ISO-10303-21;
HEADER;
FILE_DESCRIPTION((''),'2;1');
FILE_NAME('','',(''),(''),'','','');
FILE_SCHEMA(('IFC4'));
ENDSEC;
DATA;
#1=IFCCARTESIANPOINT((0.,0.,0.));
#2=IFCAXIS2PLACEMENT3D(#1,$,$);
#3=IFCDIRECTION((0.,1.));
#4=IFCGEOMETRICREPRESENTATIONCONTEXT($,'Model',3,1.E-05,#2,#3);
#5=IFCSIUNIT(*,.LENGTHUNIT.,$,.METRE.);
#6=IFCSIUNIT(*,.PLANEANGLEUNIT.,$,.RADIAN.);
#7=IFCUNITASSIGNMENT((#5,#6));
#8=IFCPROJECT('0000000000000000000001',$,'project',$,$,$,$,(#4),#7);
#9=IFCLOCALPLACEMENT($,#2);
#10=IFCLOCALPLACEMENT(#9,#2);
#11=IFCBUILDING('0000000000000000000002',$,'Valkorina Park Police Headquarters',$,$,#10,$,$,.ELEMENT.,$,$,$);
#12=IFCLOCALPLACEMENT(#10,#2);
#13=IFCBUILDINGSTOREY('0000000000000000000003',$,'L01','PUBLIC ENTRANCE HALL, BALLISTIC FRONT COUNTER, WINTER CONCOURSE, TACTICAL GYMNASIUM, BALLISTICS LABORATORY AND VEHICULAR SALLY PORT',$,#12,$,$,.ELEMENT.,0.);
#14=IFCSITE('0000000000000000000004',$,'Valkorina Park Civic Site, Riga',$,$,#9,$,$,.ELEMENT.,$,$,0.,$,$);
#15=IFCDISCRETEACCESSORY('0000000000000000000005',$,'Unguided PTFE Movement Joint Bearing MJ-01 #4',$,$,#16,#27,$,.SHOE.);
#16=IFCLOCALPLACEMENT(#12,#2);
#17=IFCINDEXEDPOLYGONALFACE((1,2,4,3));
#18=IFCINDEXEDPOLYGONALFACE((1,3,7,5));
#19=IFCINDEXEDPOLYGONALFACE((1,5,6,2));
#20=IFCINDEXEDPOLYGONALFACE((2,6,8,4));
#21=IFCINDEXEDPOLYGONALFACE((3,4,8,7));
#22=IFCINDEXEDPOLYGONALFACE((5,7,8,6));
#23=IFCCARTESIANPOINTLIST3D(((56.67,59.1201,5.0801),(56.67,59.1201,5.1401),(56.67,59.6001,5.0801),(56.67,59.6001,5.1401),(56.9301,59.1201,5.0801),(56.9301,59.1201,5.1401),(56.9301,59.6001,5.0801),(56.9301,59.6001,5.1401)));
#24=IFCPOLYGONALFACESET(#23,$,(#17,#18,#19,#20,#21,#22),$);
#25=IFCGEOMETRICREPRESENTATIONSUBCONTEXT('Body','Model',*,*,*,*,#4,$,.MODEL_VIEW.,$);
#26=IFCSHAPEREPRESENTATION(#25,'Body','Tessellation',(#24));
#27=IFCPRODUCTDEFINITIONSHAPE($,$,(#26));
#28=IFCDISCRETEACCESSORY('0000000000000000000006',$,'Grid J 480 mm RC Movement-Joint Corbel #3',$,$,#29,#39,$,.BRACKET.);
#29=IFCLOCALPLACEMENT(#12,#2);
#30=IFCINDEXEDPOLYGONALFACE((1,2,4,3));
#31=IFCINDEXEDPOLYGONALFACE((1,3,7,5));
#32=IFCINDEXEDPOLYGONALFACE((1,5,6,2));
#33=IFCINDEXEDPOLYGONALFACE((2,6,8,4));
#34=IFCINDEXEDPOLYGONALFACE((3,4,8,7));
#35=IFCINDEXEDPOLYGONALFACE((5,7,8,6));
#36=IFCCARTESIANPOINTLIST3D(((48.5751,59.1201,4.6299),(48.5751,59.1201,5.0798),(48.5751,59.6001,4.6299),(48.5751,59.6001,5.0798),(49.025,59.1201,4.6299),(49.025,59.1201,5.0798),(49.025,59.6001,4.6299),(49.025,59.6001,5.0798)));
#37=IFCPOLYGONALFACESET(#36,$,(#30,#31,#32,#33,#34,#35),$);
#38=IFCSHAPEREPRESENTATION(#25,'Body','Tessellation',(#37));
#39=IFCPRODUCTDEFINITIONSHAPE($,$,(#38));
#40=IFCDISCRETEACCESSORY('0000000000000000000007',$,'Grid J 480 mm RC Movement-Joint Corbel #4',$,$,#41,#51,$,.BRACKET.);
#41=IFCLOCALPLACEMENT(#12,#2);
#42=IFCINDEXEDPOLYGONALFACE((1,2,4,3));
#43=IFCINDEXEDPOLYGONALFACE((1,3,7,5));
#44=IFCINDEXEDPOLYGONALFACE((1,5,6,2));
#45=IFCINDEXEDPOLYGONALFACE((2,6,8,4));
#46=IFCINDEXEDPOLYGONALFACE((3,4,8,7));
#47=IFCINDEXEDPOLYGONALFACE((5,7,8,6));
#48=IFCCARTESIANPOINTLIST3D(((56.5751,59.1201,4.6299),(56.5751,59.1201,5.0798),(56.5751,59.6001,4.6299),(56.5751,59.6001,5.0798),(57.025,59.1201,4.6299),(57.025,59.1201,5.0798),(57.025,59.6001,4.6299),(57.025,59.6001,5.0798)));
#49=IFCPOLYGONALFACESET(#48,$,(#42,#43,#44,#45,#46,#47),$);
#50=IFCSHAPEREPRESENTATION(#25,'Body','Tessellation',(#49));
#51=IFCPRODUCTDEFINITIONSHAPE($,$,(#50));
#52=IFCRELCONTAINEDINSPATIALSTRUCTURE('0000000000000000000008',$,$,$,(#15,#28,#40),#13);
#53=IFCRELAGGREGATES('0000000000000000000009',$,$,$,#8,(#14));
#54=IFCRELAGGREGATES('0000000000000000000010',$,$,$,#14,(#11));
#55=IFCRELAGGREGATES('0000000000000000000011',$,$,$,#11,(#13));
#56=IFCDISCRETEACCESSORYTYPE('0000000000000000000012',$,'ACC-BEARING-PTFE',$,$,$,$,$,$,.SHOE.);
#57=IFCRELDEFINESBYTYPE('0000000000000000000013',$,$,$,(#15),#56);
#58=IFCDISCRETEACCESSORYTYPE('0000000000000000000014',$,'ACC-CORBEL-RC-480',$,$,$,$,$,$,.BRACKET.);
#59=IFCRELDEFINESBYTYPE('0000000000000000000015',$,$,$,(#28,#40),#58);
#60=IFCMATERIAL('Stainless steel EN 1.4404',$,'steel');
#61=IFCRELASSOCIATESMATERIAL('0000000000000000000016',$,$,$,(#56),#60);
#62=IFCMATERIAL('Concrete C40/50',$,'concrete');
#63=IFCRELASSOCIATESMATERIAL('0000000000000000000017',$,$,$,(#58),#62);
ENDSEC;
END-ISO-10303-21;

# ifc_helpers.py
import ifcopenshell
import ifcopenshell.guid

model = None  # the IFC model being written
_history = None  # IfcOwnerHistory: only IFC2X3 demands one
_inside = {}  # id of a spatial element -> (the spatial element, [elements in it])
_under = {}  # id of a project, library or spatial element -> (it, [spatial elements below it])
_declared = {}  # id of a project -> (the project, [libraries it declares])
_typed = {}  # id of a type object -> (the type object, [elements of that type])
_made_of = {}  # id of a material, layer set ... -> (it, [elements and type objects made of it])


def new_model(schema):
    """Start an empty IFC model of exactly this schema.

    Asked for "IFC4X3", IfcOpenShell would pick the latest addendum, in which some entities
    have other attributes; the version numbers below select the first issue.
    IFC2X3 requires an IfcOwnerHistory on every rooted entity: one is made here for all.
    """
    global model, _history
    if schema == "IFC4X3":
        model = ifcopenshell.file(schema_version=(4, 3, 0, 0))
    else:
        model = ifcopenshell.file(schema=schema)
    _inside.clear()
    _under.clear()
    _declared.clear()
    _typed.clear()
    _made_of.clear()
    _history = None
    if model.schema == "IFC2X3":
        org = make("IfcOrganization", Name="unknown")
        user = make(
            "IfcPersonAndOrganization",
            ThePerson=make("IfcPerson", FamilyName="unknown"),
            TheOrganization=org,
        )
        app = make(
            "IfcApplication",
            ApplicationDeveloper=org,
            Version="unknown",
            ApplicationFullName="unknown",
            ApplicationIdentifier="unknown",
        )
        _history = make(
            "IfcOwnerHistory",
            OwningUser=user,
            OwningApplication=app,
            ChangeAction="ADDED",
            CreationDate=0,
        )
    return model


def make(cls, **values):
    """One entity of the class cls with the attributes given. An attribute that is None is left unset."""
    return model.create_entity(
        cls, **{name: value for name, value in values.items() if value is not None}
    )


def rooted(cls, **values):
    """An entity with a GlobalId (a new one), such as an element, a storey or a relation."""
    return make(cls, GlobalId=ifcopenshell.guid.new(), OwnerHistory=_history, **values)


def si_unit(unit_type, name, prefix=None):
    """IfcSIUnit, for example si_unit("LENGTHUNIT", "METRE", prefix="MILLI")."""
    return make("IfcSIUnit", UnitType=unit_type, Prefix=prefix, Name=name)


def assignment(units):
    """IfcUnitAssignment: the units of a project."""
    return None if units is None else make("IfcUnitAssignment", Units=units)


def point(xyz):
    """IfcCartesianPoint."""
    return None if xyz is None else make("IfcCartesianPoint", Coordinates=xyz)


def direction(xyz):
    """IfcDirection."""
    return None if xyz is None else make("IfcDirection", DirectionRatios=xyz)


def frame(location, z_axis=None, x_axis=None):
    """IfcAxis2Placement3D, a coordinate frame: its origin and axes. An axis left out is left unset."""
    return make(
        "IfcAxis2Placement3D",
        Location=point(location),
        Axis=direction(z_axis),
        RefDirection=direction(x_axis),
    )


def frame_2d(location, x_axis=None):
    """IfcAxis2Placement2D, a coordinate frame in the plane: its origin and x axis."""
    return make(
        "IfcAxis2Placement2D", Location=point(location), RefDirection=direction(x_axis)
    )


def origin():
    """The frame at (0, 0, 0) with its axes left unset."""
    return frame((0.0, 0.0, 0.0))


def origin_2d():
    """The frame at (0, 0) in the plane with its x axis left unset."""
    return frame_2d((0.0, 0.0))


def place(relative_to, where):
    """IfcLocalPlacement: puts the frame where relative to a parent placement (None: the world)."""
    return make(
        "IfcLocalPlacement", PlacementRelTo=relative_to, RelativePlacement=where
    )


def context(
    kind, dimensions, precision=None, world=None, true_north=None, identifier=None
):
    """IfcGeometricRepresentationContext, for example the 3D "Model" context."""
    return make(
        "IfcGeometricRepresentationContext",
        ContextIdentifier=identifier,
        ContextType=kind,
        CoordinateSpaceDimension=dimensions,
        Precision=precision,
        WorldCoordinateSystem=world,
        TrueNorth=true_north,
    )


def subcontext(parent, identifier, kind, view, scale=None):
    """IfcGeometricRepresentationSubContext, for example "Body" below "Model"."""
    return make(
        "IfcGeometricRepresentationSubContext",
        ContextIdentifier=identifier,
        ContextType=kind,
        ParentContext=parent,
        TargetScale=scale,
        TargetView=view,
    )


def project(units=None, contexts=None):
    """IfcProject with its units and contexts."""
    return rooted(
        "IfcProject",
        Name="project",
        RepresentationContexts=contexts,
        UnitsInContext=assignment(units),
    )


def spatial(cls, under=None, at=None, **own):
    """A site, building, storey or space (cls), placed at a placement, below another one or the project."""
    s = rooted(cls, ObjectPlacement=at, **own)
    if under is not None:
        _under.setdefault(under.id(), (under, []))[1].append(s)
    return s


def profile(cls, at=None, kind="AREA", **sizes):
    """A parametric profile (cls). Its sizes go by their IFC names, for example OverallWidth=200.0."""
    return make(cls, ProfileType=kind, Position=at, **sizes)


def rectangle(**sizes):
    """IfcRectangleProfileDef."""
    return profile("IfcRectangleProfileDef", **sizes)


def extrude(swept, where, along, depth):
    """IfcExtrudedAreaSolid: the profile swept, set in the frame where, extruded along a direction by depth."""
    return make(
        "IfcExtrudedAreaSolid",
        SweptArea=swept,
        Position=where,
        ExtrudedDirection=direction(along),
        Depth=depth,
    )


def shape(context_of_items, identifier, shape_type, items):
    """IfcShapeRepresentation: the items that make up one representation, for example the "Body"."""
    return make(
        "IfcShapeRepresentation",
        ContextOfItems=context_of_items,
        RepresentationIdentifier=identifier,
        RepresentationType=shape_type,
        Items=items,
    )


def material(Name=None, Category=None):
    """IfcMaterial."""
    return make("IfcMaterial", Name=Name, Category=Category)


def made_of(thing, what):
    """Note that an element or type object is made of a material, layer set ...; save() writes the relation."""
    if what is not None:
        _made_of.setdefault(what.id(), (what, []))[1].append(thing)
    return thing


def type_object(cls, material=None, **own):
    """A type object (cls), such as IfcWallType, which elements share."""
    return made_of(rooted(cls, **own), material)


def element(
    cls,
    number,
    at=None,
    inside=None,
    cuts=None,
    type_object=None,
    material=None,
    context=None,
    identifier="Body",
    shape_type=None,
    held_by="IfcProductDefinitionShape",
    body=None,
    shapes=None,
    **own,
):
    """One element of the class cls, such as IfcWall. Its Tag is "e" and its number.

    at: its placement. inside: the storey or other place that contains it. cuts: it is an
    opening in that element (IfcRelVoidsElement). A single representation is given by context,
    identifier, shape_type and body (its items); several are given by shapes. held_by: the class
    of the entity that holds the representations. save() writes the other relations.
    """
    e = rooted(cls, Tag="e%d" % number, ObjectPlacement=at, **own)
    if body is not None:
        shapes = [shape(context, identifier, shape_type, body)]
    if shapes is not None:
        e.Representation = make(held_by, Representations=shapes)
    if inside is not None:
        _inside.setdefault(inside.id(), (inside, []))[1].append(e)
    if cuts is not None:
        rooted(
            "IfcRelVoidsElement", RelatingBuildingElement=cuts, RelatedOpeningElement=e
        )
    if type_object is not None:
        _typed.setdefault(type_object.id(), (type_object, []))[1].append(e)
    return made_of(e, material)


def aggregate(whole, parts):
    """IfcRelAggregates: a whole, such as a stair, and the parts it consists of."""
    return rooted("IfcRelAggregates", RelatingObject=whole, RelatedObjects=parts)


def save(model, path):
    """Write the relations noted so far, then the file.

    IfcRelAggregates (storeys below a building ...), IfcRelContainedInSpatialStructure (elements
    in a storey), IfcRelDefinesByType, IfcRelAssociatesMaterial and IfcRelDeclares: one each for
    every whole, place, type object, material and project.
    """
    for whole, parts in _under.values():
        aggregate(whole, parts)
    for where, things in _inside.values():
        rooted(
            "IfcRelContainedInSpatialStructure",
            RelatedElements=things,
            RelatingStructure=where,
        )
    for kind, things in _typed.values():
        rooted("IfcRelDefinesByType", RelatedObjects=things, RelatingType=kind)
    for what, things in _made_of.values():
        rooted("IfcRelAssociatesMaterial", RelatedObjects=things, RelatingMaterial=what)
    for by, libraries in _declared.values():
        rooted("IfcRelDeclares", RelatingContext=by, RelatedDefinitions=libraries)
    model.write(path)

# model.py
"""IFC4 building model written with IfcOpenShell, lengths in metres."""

from ifc_helpers import new_model, si_unit, direction, frame, origin, origin_2d, place, context, subcontext, project, spatial, rectangle, extrude, material, type_object, element, save


model = new_model("IFC4")

# Units and contexts
model_context = context("Model", 3, precision=1e-05, world=origin(), true_north=direction((0.0, 1.0)))
body_context = subcontext(model_context, "Body", "Model", "MODEL_VIEW")
ifc_project = project(units=[si_unit("LENGTHUNIT", "METRE"), si_unit("PLANEANGLEUNIT", "RADIAN")], contexts=[model_context])

# Site, building, storey
site_placement = place(None, origin())
site = spatial("IfcSite", under=ifc_project, at=site_placement, Name="Valkorina Park Civic Site, Riga", CompositionType="ELEMENT", RefElevation=0.0)
building_placement = place(site_placement, origin())
building = spatial("IfcBuilding", under=site, at=building_placement, Name="Valkorina Park Police Headquarters", CompositionType="ELEMENT")
storey_placement = place(building_placement, origin())
storey = spatial("IfcBuildingStorey", under=building, at=storey_placement, Name="L01", Description="PUBLIC ENTRANCE HALL, BALLISTIC FRONT COUNTER, WINTER CONCOURSE, TACTICAL GYMNASIUM, BALLISTICS LABORATORY AND VEHICULAR SALLY PORT", CompositionType="ELEMENT", Elevation=0.0)

# Shared definitions
ifc_material_1 = material(Name="Concrete C40/50", Category="concrete")

# Shared definitions
ifc_material_2 = material(Name="Stainless steel EN 1.4404", Category="steel")

# Discrete accessories
discrete_accessory_type_1 = type_object("IfcDiscreteAccessoryType", Name="ACC-BEARING-PTFE", PredefinedType="SHOE", material=ifc_material_2)
for number, where, z_axis, x_axis, name in (
    (1, (56.8, 59.3601, 5.0801), (0.0, 0.0, 1.0), (1.0, 0.0, 0.0), "Unguided PTFE Movement Joint Bearing MJ-01 #4"),
):
    element("IfcDiscreteAccessory", number, at=place(storey_placement, frame(where, z_axis=z_axis, x_axis=x_axis)), inside=storey, type_object=discrete_accessory_type_1, Name=name, PredefinedType="SHOE", context=body_context, shape_type="SweptSolid", body=[
        extrude(rectangle(XDim=0.26, YDim=0.48, at=origin_2d()), origin(), (0.0, 0.0, 1.0), 0.0601),
    ])
discrete_accessory_type_2 = type_object("IfcDiscreteAccessoryType", Name="ACC-CORBEL-RC-480", PredefinedType="BRACKET", material=ifc_material_1)
for number, where, z_axis, x_axis, name in (
    (2, (48.8, 59.3601, 4.6299), (0.0, 0.0, 1.0), (1.0, 0.0, 0.0), "Grid J 480 mm RC Movement-Joint Corbel #3"),
    (3, (56.8, 59.3601, 4.6299), (0.0, 0.0, 1.0), (1.0, 0.0, 0.0), "Grid J 480 mm RC Movement-Joint Corbel #4"),
):
    element("IfcDiscreteAccessory", number, at=place(storey_placement, frame(where, z_axis=z_axis, x_axis=x_axis)), inside=storey, type_object=discrete_accessory_type_2, Name=name, PredefinedType="BRACKET", context=body_context, shape_type="SweptSolid", body=[
        extrude(rectangle(XDim=0.45, YDim=0.48, at=origin_2d()), origin(), (0.0, 0.0, 1.0), 0.45),
    ])

save(model, "model.ifc")
